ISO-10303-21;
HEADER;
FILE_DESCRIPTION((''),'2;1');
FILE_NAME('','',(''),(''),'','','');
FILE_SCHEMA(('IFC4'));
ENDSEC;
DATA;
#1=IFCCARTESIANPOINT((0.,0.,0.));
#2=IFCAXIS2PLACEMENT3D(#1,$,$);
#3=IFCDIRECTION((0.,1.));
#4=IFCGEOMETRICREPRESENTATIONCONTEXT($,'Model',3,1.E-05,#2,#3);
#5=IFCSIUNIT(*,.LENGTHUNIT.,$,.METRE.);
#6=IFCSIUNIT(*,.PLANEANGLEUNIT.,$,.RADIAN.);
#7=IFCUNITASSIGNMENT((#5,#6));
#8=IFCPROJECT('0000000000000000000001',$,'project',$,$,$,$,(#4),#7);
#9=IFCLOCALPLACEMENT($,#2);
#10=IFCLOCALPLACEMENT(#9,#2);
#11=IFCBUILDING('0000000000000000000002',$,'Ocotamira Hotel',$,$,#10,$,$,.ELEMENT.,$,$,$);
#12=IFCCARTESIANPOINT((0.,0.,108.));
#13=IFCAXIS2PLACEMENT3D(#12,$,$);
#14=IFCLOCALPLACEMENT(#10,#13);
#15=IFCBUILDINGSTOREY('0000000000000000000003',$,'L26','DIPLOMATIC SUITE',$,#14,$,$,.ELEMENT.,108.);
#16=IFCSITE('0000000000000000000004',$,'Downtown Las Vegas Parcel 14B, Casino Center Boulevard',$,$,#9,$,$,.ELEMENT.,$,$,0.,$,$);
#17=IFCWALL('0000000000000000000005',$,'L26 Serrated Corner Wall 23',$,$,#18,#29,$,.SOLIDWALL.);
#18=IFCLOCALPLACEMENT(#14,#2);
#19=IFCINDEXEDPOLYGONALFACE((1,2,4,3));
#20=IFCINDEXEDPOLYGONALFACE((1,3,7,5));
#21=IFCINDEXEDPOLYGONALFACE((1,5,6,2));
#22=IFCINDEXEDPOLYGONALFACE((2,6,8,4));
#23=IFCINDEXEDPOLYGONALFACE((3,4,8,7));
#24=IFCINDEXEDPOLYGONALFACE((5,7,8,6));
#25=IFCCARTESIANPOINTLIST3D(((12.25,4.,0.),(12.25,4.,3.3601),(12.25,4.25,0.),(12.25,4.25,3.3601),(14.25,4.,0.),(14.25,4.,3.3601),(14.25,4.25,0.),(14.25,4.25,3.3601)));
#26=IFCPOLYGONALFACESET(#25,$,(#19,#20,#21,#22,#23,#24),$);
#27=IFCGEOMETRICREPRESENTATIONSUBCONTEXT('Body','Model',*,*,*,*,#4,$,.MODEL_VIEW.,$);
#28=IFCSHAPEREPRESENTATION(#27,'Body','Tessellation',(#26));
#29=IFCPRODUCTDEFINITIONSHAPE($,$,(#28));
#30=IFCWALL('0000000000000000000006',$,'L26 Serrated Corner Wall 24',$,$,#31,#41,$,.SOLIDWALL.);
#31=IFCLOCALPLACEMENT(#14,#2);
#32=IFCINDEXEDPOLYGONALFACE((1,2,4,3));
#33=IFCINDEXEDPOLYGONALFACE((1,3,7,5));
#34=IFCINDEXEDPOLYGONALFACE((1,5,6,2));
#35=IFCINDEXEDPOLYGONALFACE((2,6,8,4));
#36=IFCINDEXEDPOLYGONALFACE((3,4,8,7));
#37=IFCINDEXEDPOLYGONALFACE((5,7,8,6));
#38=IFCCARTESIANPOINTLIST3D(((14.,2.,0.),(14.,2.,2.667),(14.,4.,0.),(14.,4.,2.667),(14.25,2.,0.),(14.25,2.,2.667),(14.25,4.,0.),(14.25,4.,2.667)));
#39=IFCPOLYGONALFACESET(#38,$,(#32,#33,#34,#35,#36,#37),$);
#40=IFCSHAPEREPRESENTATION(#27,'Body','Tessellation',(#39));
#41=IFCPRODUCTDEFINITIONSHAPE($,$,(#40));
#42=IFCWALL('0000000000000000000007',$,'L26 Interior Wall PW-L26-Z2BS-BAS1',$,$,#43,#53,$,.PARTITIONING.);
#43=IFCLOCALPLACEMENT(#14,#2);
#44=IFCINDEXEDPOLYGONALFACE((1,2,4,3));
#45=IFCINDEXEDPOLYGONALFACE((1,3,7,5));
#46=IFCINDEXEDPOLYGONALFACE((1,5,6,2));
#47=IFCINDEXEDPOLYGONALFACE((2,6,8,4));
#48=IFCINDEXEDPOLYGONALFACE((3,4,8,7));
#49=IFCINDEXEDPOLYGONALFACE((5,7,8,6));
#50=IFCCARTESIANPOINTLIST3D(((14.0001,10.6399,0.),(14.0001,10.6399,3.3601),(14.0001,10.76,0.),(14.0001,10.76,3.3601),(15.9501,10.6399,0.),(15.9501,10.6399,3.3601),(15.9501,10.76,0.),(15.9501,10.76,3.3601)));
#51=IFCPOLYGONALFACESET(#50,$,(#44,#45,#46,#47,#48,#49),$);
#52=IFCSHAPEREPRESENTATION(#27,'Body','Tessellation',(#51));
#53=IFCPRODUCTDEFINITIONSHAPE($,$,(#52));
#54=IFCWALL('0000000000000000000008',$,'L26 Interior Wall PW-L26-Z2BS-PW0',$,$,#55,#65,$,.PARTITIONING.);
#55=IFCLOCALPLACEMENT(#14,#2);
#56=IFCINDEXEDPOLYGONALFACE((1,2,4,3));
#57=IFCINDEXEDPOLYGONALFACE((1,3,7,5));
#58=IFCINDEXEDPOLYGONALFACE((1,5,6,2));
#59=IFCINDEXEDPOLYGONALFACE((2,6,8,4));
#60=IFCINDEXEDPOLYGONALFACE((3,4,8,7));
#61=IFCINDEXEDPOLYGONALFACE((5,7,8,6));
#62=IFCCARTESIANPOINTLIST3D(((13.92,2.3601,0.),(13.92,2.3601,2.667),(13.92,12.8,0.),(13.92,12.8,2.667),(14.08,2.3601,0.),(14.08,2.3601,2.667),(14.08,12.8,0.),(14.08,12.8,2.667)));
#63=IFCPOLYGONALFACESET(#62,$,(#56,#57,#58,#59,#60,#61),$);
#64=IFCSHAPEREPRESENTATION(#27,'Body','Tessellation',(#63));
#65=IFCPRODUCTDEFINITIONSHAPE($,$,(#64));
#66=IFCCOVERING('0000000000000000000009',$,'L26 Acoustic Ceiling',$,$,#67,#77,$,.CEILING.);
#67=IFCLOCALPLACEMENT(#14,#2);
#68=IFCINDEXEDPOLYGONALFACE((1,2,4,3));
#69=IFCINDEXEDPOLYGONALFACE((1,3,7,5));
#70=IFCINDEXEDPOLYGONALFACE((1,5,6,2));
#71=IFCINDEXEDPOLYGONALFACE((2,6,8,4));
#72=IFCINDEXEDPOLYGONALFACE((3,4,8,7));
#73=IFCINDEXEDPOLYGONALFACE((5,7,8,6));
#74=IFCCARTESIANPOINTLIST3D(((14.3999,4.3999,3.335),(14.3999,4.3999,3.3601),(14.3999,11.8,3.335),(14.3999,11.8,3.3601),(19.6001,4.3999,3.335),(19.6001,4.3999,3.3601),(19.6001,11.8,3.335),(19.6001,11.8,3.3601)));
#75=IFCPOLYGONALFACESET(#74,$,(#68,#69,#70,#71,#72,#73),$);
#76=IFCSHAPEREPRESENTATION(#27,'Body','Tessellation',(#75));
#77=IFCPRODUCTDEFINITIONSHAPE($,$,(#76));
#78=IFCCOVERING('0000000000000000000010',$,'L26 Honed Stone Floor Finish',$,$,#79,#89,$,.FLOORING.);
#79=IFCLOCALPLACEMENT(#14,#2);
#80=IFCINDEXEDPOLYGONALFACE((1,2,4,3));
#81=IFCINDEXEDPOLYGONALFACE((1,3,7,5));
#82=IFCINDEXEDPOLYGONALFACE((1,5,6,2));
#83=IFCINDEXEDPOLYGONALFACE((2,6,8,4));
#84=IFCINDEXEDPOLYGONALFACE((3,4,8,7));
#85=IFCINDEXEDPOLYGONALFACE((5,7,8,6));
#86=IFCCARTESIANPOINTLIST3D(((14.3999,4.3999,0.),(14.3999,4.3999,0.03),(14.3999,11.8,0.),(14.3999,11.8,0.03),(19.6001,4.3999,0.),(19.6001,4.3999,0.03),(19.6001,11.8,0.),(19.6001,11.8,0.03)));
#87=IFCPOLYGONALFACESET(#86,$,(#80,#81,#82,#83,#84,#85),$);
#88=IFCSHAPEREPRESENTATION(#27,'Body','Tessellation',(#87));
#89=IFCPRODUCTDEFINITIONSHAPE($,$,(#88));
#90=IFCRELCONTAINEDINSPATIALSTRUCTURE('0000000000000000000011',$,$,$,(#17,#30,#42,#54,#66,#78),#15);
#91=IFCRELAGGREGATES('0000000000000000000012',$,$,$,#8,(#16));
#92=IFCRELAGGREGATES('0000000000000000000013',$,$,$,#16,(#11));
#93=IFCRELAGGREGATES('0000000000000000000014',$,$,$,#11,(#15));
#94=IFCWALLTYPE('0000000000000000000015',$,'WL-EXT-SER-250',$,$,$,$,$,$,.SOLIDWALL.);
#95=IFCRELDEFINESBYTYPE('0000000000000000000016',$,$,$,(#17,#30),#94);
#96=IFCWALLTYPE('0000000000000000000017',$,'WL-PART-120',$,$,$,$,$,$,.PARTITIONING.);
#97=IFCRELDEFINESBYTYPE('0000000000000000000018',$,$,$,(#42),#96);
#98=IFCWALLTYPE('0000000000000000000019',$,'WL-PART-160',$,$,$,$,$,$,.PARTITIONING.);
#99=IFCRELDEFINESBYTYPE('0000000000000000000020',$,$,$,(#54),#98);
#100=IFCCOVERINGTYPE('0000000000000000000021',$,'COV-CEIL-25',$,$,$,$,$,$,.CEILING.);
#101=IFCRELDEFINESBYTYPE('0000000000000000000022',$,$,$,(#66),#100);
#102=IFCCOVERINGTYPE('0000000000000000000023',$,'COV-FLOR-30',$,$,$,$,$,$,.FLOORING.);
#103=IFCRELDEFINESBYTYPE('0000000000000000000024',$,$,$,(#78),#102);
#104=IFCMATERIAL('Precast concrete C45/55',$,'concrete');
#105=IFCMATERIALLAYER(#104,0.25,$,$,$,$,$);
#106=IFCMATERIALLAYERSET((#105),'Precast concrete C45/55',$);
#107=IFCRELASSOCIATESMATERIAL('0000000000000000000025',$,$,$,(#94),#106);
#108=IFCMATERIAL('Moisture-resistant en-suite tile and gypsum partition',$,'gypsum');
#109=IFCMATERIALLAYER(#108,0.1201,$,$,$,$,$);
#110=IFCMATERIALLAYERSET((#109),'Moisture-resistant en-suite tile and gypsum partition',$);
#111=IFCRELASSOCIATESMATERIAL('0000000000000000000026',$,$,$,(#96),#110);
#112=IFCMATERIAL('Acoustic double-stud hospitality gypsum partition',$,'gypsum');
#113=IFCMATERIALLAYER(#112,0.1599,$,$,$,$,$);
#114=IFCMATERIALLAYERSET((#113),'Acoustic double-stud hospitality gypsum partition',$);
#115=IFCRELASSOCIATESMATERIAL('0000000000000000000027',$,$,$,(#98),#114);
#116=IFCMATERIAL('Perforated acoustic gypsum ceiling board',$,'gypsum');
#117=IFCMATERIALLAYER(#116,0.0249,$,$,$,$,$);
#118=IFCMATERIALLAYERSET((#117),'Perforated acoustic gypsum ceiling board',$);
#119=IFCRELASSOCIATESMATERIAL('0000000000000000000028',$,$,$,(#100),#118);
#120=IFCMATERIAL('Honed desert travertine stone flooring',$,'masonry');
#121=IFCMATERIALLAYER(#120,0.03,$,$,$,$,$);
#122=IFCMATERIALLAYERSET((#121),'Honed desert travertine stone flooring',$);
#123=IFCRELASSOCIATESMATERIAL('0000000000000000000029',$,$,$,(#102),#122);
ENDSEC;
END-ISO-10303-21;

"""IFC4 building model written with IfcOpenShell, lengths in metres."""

from ifc_helpers import new_model, si_unit, direction, frame, frame_2d, origin, place, context, subcontext, project, spatial, polyline, rectangle, outline, extrude, material, layer, layer_set, type_object, element, save


model = new_model("IFC4")

# Units and contexts
model_context = context("Model", 3, precision=1e-05, world=origin(), true_north=direction((0.0, 1.0)))
body_context = subcontext(model_context, "Body", "Model", "MODEL_VIEW")
ifc_project = project(units=[si_unit("LENGTHUNIT", "METRE"), si_unit("PLANEANGLEUNIT", "RADIAN")], contexts=[model_context])

# Site, building, storey
site_placement = place(None, origin())
site = spatial("IfcSite", under=ifc_project, at=site_placement, Name="Downtown Las Vegas Parcel 14B, Casino Center Boulevard", CompositionType="ELEMENT", RefElevation=0.0)
building_placement = place(site_placement, origin())
building = spatial("IfcBuilding", under=site, at=building_placement, Name="Ocotamira Hotel", CompositionType="ELEMENT")
storey_placement = place(building_placement, frame((0.0, 0.0, 108.0)))
storey = spatial("IfcBuildingStorey", under=building, at=storey_placement, Name="L26", Description="DIPLOMATIC SUITE", CompositionType="ELEMENT", Elevation=108.0)

# Walls
ifc_material_1 = material(Name="Precast concrete C45/55", Category="concrete")
ifc_layer_1 = layer(ifc_material_1, 0.25)
ifc_layer_set_1 = layer_set([ifc_layer_1], Name="Precast concrete C45/55")
wall_type_1 = type_object("IfcWallType", Name="WL-EXT-SER-250", PredefinedType="SOLIDWALL", material=ifc_layer_set_1)
for number, where, z_axis, x_axis, name in (
    (1, (12.25, 4.125, 0.0), (0.0, 0.0, 1.0), (1.0, 0.0, 0.0), "L26 Serrated Corner Wall 23"),
):
    element("IfcWall", number, at=place(storey_placement, frame(where, z_axis=z_axis, x_axis=x_axis)), inside=storey, type_object=wall_type_1, Name=name, PredefinedType="SOLIDWALL", context=body_context, shape_type="SweptSolid", body=[
        extrude(rectangle(XDim=2.0, YDim=0.25, at=frame_2d((1.0, 0.0))), origin(), (0.0, 0.0, 1.0), 3.3601),
    ])
wall_1_placement = place(storey_placement, frame((14.125, 4.0, 0.0), z_axis=(0.0, 0.0, 1.0), x_axis=(0.0, -1.0, 0.0)))
element("IfcWall", 2, at=wall_1_placement, inside=storey, type_object=wall_type_1, Name="L26 Serrated Corner Wall 24", PredefinedType="SOLIDWALL", context=body_context, shape_type="SweptSolid", body=[
    extrude(rectangle(XDim=2.0, YDim=0.25, at=frame_2d((1.0, 0.0))), origin(), (0.0, 0.0, 1.0), 2.667),
])

# Walls
ifc_material_2 = material(Name="Moisture-resistant en-suite tile and gypsum partition", Category="gypsum")
ifc_layer_2 = layer(ifc_material_2, 0.1201)
ifc_layer_set_2 = layer_set([ifc_layer_2], Name="Moisture-resistant en-suite tile and gypsum partition")
wall_type_2 = type_object("IfcWallType", Name="WL-PART-120", PredefinedType="PARTITIONING", material=ifc_layer_set_2)
wall_2_placement = place(storey_placement, frame((14.0, 10.7, 0.0), z_axis=(0.0, 0.0, 1.0), x_axis=(1.0, 0.0, 0.0)))
element("IfcWall", 3, at=wall_2_placement, inside=storey, type_object=wall_type_2, Name="L26 Interior Wall PW-L26-Z2BS-BAS1", PredefinedType="PARTITIONING", context=body_context, shape_type="SweptSolid", body=[
    extrude(rectangle(XDim=1.95, YDim=0.1201, at=frame_2d((0.9751, 0.0))), origin(), (0.0, 0.0, 1.0), 3.3601),
])
ifc_material_3 = material(Name="Acoustic double-stud hospitality gypsum partition", Category="gypsum")
ifc_layer_3 = layer(ifc_material_3, 0.1599)
ifc_layer_set_3 = layer_set([ifc_layer_3], Name="Acoustic double-stud hospitality gypsum partition")
wall_type_3 = type_object("IfcWallType", Name="WL-PART-160", PredefinedType="PARTITIONING", material=ifc_layer_set_3)
wall_3_placement = place(storey_placement, frame((14.0, 2.3601, 0.0), z_axis=(0.0, 0.0, 1.0), x_axis=(0.0, 1.0, 0.0)))
element("IfcWall", 4, at=wall_3_placement, inside=storey, type_object=wall_type_3, Name="L26 Interior Wall PW-L26-Z2BS-PW0", PredefinedType="PARTITIONING", context=body_context, shape_type="SweptSolid", body=[
    extrude(rectangle(XDim=10.4399, YDim=0.1599, at=frame_2d((5.22, 0.0))), origin(), (0.0, 0.0, 1.0), 2.667),
])

# Coverings
ifc_material_4 = material(Name="Perforated acoustic gypsum ceiling board", Category="gypsum")
ifc_layer_4 = layer(ifc_material_4, 0.0249)
ifc_layer_set_4 = layer_set([ifc_layer_4], Name="Perforated acoustic gypsum ceiling board")
covering_type_1 = type_object("IfcCoveringType", Name="COV-CEIL-25", PredefinedType="CEILING", material=ifc_layer_set_4)
covering_1_placement = place(storey_placement, frame((0.0, 0.0, 3.335)))
element("IfcCovering", 5, at=covering_1_placement, inside=storey, type_object=covering_type_1, Name="L26 Acoustic Ceiling", PredefinedType="CEILING", context=body_context, shape_type="SweptSolid", body=[
    extrude(outline(polyline([(14.3999, 4.3999), (19.6001, 4.3999), (19.6001, 11.8), (14.3999, 11.8), (14.3999, 4.3999)])), origin(), (0.0, 0.0, 1.0), 0.0251),
])
ifc_material_5 = material(Name="Honed desert travertine stone flooring", Category="masonry")
ifc_layer_5 = layer(ifc_material_5, 0.03)
ifc_layer_set_5 = layer_set([ifc_layer_5], Name="Honed desert travertine stone flooring")
covering_type_2 = type_object("IfcCoveringType", Name="COV-FLOR-30", PredefinedType="FLOORING", material=ifc_layer_set_5)
covering_2_placement = place(storey_placement, origin())
element("IfcCovering", 6, at=covering_2_placement, inside=storey, type_object=covering_type_2, Name="L26 Honed Stone Floor Finish", PredefinedType="FLOORING", context=body_context, shape_type="SweptSolid", body=[
    extrude(outline(polyline([(14.3999, 4.3999), (19.6001, 4.3999), (19.6001, 11.8), (14.3999, 11.8), (14.3999, 4.3999)])), origin(), (0.0, 0.0, 1.0), 0.03),
])

save(model, "model.ifc")
